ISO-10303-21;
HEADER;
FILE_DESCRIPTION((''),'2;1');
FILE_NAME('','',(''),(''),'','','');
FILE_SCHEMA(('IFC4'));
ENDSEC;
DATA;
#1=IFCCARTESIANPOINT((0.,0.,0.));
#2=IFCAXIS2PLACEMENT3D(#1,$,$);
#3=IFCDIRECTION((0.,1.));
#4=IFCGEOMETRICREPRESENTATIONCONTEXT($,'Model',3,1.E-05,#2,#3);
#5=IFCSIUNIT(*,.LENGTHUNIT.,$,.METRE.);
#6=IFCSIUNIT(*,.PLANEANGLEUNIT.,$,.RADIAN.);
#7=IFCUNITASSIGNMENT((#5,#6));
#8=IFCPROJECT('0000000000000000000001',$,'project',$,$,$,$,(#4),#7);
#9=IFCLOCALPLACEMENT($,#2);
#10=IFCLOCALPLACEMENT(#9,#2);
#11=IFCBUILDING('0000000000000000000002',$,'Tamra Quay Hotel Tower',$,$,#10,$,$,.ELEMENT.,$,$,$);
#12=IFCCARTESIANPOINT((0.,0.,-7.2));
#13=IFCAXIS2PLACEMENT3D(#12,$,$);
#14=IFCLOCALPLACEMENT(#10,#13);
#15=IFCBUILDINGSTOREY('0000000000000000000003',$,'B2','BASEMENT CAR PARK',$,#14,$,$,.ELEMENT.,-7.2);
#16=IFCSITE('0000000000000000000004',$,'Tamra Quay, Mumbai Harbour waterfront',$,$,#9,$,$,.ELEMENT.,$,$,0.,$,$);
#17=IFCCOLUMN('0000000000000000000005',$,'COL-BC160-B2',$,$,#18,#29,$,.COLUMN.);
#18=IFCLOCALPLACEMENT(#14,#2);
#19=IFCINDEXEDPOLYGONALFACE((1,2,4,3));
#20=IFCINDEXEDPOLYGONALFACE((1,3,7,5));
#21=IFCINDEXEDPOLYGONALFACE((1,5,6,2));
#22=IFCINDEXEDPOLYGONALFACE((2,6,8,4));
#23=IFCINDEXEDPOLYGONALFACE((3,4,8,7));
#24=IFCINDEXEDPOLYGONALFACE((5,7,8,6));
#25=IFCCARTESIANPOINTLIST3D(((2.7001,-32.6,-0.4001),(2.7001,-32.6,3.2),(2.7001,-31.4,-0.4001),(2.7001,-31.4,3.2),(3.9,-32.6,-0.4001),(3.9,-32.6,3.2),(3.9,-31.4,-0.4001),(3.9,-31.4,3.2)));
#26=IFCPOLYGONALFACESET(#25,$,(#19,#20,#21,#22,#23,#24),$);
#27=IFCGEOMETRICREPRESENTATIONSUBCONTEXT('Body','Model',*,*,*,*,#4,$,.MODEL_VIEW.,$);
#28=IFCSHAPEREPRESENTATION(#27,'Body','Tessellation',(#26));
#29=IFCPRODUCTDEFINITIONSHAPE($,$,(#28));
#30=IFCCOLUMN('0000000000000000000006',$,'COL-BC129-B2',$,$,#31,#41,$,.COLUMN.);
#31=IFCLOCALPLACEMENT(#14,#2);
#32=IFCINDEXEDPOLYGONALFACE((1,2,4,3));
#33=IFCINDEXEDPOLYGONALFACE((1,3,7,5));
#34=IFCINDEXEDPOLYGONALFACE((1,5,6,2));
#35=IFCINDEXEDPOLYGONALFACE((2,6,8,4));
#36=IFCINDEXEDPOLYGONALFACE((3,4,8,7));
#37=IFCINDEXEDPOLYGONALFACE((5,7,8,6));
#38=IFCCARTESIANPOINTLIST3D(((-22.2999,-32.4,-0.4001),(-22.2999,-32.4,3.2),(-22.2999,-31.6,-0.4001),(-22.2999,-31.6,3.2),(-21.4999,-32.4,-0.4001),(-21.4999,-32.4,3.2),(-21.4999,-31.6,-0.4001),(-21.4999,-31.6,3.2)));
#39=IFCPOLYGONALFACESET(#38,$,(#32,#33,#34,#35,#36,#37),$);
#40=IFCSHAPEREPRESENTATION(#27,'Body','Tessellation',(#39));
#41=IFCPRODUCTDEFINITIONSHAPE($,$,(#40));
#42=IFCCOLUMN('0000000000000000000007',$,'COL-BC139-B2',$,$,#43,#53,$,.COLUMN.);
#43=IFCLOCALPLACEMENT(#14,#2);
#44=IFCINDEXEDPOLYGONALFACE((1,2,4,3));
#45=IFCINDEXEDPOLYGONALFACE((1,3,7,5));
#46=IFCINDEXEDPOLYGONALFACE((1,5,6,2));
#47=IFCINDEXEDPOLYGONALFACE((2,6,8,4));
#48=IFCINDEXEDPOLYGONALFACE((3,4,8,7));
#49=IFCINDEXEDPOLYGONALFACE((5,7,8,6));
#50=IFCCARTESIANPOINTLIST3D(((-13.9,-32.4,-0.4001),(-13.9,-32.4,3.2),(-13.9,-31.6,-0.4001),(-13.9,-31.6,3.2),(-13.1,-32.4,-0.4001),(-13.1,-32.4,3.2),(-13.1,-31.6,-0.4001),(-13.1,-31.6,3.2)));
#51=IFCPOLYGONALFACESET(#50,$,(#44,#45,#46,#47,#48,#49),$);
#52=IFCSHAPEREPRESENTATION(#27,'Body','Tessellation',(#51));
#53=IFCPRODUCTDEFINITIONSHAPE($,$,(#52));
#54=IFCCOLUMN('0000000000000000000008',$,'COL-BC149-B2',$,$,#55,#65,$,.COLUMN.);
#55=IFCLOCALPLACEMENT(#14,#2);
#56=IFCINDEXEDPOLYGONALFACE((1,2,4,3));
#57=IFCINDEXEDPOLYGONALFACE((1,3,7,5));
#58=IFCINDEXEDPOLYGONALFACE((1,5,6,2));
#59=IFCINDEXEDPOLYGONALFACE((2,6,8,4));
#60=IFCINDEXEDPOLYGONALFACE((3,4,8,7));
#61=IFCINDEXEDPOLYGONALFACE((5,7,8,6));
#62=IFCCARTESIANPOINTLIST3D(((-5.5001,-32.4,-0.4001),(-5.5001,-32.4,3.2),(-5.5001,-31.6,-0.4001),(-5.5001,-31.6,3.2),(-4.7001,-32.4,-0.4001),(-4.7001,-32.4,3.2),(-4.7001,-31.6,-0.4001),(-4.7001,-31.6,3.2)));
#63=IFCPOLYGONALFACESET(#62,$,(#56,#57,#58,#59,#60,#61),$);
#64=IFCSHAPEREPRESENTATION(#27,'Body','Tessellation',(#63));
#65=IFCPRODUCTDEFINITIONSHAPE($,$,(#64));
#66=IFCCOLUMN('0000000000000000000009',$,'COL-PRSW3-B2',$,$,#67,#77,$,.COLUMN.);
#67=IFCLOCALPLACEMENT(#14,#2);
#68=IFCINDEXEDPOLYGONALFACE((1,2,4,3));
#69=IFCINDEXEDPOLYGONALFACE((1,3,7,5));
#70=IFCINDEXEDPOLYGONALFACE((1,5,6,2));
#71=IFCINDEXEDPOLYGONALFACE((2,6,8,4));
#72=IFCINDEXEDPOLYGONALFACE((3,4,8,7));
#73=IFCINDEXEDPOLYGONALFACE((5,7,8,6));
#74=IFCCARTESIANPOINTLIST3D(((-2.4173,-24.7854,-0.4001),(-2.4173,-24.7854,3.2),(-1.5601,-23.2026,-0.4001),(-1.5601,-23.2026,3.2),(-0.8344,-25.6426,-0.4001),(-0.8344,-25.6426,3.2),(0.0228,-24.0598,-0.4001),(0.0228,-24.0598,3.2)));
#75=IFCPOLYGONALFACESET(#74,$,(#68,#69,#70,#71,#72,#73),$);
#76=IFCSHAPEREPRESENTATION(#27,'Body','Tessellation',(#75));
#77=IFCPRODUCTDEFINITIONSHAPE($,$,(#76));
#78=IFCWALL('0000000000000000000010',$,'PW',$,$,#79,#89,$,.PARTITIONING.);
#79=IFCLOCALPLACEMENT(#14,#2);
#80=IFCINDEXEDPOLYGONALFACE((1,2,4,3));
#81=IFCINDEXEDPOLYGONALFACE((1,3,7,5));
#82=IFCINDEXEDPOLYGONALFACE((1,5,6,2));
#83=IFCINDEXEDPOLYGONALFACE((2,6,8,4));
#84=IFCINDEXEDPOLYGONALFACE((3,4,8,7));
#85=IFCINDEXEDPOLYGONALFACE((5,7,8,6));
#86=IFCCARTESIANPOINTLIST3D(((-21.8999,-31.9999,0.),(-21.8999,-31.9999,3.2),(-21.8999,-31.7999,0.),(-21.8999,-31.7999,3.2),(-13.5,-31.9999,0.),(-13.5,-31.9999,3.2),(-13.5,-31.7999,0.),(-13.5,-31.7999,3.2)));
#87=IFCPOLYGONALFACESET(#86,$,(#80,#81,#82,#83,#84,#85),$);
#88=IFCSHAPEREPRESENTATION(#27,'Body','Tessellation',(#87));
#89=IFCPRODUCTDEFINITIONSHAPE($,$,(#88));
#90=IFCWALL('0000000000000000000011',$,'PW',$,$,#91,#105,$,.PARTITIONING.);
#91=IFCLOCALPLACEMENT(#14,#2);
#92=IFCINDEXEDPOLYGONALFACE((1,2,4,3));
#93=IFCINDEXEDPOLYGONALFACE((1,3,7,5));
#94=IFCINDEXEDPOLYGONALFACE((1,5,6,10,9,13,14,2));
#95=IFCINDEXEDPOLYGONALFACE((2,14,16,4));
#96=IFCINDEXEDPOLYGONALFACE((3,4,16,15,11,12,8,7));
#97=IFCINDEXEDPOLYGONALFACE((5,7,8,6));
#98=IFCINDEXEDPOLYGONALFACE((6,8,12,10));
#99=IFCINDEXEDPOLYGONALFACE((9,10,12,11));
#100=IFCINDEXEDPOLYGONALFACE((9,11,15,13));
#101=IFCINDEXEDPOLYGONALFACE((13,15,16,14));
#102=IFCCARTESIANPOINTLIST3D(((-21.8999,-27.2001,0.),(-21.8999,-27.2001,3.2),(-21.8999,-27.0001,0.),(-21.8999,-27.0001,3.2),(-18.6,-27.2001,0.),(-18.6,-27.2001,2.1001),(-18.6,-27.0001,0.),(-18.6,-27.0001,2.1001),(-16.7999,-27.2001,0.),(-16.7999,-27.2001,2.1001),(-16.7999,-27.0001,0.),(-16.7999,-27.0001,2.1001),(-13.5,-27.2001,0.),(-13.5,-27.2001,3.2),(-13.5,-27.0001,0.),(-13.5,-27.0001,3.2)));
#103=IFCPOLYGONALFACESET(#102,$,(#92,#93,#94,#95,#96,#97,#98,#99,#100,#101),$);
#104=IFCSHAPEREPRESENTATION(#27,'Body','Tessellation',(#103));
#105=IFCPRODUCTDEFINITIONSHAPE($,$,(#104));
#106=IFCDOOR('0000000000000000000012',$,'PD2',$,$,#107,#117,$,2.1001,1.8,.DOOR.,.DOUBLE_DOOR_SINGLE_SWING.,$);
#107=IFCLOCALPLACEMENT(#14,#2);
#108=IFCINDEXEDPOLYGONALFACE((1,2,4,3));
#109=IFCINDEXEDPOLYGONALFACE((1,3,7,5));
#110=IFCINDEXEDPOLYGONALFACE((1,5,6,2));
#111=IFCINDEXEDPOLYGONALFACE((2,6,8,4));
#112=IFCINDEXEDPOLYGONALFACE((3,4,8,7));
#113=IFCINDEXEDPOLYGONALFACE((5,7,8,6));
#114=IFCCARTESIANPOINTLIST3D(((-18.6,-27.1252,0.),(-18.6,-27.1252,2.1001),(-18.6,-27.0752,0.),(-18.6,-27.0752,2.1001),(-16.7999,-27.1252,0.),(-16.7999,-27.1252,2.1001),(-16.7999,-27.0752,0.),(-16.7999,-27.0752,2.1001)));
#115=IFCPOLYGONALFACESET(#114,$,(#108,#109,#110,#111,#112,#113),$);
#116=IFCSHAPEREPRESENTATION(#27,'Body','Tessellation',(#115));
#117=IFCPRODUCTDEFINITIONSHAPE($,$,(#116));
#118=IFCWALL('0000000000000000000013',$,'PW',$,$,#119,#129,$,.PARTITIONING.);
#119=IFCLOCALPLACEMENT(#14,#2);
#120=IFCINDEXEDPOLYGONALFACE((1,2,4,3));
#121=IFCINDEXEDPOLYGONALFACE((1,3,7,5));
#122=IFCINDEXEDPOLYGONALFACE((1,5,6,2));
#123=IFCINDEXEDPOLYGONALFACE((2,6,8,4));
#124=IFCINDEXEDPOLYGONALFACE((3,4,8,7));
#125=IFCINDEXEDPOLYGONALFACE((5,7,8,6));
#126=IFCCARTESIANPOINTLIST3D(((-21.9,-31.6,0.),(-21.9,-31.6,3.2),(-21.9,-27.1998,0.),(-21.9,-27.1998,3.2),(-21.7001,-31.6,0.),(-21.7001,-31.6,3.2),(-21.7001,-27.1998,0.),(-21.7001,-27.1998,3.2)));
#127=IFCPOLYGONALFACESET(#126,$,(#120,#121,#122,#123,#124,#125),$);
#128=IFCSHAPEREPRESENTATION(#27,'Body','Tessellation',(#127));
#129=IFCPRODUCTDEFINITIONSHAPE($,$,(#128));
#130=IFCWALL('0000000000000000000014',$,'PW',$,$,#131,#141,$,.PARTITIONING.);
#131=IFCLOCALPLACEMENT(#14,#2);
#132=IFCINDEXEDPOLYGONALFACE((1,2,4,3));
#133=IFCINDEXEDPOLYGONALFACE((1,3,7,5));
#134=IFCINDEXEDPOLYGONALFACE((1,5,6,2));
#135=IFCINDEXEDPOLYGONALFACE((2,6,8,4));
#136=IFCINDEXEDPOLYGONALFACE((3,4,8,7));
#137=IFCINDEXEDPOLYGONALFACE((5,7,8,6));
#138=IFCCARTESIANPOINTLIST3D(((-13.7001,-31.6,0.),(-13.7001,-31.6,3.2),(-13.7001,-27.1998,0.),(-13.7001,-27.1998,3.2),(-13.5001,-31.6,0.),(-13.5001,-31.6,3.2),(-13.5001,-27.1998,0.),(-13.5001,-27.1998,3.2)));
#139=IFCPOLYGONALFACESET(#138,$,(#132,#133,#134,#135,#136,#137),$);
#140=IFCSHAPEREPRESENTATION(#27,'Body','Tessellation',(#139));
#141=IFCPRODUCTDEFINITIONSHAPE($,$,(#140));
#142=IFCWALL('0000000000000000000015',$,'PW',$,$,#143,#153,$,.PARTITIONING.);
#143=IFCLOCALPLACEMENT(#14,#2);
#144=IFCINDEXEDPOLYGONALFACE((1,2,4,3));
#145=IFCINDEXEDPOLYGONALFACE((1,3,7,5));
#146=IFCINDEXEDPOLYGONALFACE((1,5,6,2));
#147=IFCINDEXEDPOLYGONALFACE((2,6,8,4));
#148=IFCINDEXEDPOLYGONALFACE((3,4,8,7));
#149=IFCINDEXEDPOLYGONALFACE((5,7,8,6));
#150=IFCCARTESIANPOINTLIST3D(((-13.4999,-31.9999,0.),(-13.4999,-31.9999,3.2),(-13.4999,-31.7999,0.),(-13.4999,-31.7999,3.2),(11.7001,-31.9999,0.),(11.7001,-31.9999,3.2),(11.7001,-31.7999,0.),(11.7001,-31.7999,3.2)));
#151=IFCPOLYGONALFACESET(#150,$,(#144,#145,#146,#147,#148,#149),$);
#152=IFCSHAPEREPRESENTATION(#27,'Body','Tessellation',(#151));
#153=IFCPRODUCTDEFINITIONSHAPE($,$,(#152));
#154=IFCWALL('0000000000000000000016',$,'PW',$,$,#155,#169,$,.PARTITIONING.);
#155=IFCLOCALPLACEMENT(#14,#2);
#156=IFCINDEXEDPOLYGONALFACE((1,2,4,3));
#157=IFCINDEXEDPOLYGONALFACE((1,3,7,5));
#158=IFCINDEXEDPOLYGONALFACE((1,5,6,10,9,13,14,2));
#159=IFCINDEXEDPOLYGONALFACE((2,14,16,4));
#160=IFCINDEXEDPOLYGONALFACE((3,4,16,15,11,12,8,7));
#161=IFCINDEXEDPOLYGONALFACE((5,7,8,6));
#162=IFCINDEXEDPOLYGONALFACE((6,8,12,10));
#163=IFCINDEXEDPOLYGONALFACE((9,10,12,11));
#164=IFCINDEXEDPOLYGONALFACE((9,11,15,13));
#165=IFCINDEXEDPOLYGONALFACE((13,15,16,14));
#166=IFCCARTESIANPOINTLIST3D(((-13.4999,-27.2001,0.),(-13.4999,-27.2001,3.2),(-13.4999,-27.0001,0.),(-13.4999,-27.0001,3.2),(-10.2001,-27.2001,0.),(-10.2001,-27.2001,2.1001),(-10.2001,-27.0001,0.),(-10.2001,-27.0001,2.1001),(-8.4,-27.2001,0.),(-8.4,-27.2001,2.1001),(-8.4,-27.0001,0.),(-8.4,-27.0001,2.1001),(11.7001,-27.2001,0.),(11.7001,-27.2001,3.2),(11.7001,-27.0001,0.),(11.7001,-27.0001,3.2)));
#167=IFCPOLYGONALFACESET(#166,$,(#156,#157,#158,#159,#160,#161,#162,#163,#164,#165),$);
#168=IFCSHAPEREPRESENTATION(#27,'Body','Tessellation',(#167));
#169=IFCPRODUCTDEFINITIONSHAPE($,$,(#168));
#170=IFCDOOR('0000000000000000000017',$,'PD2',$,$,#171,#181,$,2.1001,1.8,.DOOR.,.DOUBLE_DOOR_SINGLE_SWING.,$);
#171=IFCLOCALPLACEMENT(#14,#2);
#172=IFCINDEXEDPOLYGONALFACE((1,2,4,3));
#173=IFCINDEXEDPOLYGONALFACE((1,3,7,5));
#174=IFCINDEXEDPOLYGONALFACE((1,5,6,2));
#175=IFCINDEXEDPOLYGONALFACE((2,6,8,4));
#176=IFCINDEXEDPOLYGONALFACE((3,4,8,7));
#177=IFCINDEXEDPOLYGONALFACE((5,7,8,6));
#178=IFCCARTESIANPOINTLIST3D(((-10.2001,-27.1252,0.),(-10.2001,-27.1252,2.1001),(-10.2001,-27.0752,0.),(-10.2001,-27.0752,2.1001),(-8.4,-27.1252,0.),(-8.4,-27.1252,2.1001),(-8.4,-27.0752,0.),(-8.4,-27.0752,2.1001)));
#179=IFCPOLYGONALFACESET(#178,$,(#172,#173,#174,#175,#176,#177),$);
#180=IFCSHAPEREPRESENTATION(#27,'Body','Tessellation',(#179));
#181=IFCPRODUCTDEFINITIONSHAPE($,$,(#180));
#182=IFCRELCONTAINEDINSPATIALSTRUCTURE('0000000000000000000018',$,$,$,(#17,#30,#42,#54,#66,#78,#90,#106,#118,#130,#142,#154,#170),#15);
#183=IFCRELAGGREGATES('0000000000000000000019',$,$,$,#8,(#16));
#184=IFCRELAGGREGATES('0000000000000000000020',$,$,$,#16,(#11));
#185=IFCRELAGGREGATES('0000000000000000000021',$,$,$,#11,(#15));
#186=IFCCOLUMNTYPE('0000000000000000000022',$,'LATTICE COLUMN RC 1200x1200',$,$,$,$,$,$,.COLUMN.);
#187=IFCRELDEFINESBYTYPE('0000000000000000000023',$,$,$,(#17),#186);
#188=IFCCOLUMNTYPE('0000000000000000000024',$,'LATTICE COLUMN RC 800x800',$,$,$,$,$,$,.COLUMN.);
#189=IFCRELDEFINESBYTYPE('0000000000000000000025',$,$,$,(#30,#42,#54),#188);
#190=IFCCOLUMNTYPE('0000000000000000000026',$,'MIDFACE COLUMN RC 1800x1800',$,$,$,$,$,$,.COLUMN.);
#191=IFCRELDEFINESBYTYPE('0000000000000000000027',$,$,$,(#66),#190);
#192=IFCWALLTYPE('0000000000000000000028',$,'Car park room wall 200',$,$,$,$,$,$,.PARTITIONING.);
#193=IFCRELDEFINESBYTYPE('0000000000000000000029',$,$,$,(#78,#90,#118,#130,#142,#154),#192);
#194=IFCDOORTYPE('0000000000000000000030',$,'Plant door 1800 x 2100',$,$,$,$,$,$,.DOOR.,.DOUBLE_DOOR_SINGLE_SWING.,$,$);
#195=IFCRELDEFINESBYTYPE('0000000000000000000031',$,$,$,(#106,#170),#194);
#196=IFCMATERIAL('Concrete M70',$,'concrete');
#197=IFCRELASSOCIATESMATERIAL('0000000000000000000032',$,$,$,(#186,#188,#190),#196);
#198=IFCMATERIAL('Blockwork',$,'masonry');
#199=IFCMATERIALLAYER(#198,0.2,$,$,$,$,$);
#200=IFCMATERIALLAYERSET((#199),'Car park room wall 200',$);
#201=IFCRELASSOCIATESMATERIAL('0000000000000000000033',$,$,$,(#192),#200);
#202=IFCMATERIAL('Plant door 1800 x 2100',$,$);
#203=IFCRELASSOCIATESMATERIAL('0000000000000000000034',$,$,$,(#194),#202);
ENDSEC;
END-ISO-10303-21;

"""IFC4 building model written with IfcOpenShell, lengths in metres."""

from ifc_helpers import new_model, si_unit, direction, frame, frame_2d, origin, origin_2d, place, context, subcontext, project, spatial, rectangle, extrude, material, layer, layer_set, material_profile, profile_set, type_object, element, fill, save


model = new_model("IFC4")

# Units and contexts
model_context = context("Model", 3, precision=1e-05, world=origin(), true_north=direction((0.0, 1.0)))
body_context = subcontext(model_context, "Body", "Model", "MODEL_VIEW")
ifc_project = project(units=[si_unit("LENGTHUNIT", "METRE"), si_unit("PLANEANGLEUNIT", "RADIAN")], contexts=[model_context])

# Site, building, storey
site_placement = place(None, origin())
site = spatial("IfcSite", under=ifc_project, at=site_placement, Name="Tamra Quay, Mumbai Harbour waterfront", CompositionType="ELEMENT", RefElevation=0.0)
building_placement = place(site_placement, origin())
building = spatial("IfcBuilding", under=site, at=building_placement, Name="Tamra Quay Hotel Tower", CompositionType="ELEMENT")
storey_placement = place(building_placement, frame((0.0, 0.0, -7.2)))
storey = spatial("IfcBuildingStorey", under=building, at=storey_placement, Name="B2", Description="BASEMENT CAR PARK", CompositionType="ELEMENT", Elevation=-7.2)

# Columns
ifc_material_1 = material(Name="Concrete M70", Category="concrete")
ifc_material_profile_1 = material_profile(ifc_material_1, rectangle(XDim=1.2, YDim=1.2, at=origin_2d()), Name="LATTICE COLUMN RC 1200x1200")
ifc_profile_set_1 = profile_set([ifc_material_profile_1], Name="Concrete M70")
column_type_1 = type_object("IfcColumnType", Name="LATTICE COLUMN RC 1200x1200", PredefinedType="COLUMN", material=ifc_profile_set_1)
column_1_placement = place(storey_placement, frame((3.3, -32.0, -0.4001), z_axis=(0.0, 0.0, 1.0), x_axis=(1.0, 0.0, 0.0)))
element("IfcColumn", 1, at=column_1_placement, inside=storey, type_object=column_type_1, Name="COL-BC160-B2", PredefinedType="COLUMN", context=body_context, shape_type="SweptSolid", body=[
    extrude(rectangle(XDim=1.2, YDim=1.2, at=origin_2d()), origin(), (0.0, 0.0, 1.0), 3.6001),
])
ifc_material_profile_2 = material_profile(ifc_material_1, rectangle(XDim=0.8, YDim=0.8, at=origin_2d()), Name="LATTICE COLUMN RC 800x800")
ifc_profile_set_2 = profile_set([ifc_material_profile_2], Name="Concrete M70")
column_type_2 = type_object("IfcColumnType", Name="LATTICE COLUMN RC 800x800", PredefinedType="COLUMN", material=ifc_profile_set_2)
for number, where, z_axis, x_axis, name in (
    (2, (-21.8999, -32.0, -0.4001), (0.0, 0.0, 1.0), (1.0, 0.0, 0.0), "COL-BC129-B2"),
    (3, (-13.5, -32.0, -0.4001), (0.0, 0.0, 1.0), (1.0, 0.0, 0.0), "COL-BC139-B2"),
    (4, (-5.1001, -32.0, -0.4001), (0.0, 0.0, 1.0), (1.0, 0.0, 0.0), "COL-BC149-B2"),
):
    element("IfcColumn", number, at=place(storey_placement, frame(where, z_axis=z_axis, x_axis=x_axis)), inside=storey, type_object=column_type_2, Name=name, PredefinedType="COLUMN", context=body_context, shape_type="SweptSolid", body=[
        extrude(rectangle(XDim=0.8, YDim=0.8, at=origin_2d()), origin(), (0.0, 0.0, 1.0), 3.6001),
    ])
ifc_material_profile_3 = material_profile(ifc_material_1, rectangle(XDim=1.8, YDim=1.8, at=origin_2d()), Name="MIDFACE COLUMN RC 1800x1800")
ifc_profile_set_3 = profile_set([ifc_material_profile_3], Name="Concrete M70")
column_type_3 = type_object("IfcColumnType", Name="MIDFACE COLUMN RC 1800x1800", PredefinedType="COLUMN", material=ifc_profile_set_3)
column_2_placement = place(storey_placement, frame((-1.1973, -24.4226, -0.4001), z_axis=(0.0, 0.0, 1.0), x_axis=(0.476198, 0.879338, 0.0)))
element("IfcColumn", 5, at=column_2_placement, inside=storey, type_object=column_type_3, Name="COL-PRSW3-B2", PredefinedType="COLUMN", context=body_context, shape_type="SweptSolid", body=[
    extrude(rectangle(XDim=1.8, YDim=1.8, at=origin_2d()), origin(), (0.0, 0.0, 1.0), 3.6001),
])

# Wall
ifc_material_2 = material(Name="Blockwork", Category="masonry")
ifc_layer_1 = layer(ifc_material_2, 0.2)
ifc_layer_set_1 = layer_set([ifc_layer_1], Name="Car park room wall 200")
wall_type_1 = type_object("IfcWallType", Name="Car park room wall 200", PredefinedType="PARTITIONING", material=ifc_layer_set_1)
wall_1_placement = place(storey_placement, frame((-21.8999, -31.8999, 0.0), z_axis=(0.0, 0.0, 1.0), x_axis=(1.0, 0.0, 0.0)))
element("IfcWall", 6, at=wall_1_placement, inside=storey, type_object=wall_type_1, Name="PW", PredefinedType="PARTITIONING", context=body_context, shape_type="SweptSolid", body=[
    extrude(rectangle(XDim=8.3999, YDim=0.2, at=frame_2d((4.2, 0.0))), origin(), (0.0, 0.0, 1.0), 3.2),
])

# Wall, opening, door
wall_2_placement = place(storey_placement, frame((-21.8999, -27.1001, 0.0), z_axis=(0.0, 0.0, 1.0), x_axis=(1.0, 0.0, 0.0)))
wall_2 = element("IfcWall", 7, at=wall_2_placement, inside=storey, type_object=wall_type_1, Name="PW", PredefinedType="PARTITIONING", context=body_context, shape_type="SweptSolid", body=[
    extrude(rectangle(XDim=8.3999, YDim=0.2, at=frame_2d((4.2, 0.0))), origin(), (0.0, 0.0, 1.0), 3.2),
])
opening_1_placement = place(wall_2_placement, frame((3.3, 0.0, 0.0)))
opening_1 = element("IfcOpeningElement", 8, at=opening_1_placement, cuts=wall_2, PredefinedType="OPENING", context=body_context, shape_type="SweptSolid", body=[
    extrude(rectangle(XDim=1.8, YDim=2.1001, at=frame_2d((0.8999, 1.05))), frame((0.0, 0.1099, 0.0), z_axis=(0.0, -1.0, 0.0), x_axis=(1.0, 0.0, 0.0)), (0.0, 0.0, 1.0), 0.22),
])
ifc_material_3 = material(Name="Plant door 1800 x 2100")
door_type_1 = type_object("IfcDoorType", Name="Plant door 1800 x 2100", OperationType="DOUBLE_DOOR_SINGLE_SWING", PredefinedType="DOOR", material=ifc_material_3)
door_1_placement = place(opening_1_placement, origin())
door_1 = element("IfcDoor", 9, at=door_1_placement, inside=storey, type_object=door_type_1, Name="PD2", OperationType="DOUBLE_DOOR_SINGLE_SWING", OverallHeight=2.1001, OverallWidth=1.8, PredefinedType="DOOR", context=body_context, shape_type="SweptSolid", body=[
    extrude(rectangle(XDim=1.8, YDim=2.1001, at=frame_2d((0.8999, 1.05))), frame((0.0, 0.0249, 0.0), z_axis=(0.0, -1.0, 0.0), x_axis=(1.0, 0.0, 0.0)), (0.0, 0.0, 1.0), 0.05),
])
fill(opening_1, door_1)

# Walls
for number, where, z_axis, x_axis, name in (
    (10, (-21.8, -31.6001, 0.0), (0.0, 0.0, 1.0), (0.0, 1.0, 0.0), "PW"),
    (11, (-13.6001, -31.6001, 0.0), (0.0, 0.0, 1.0), (0.0, 1.0, 0.0), "PW"),
):
    element("IfcWall", number, at=place(storey_placement, frame(where, z_axis=z_axis, x_axis=x_axis)), inside=storey, type_object=wall_type_1, Name=name, PredefinedType="PARTITIONING", context=body_context, shape_type="SweptSolid", body=[
        extrude(rectangle(XDim=4.4001, YDim=0.2, at=frame_2d((2.2002, 0.0))), origin(), (0.0, 0.0, 1.0), 3.2),
    ])
wall_3_placement = place(storey_placement, frame((-13.5, -31.8999, 0.0), z_axis=(0.0, 0.0, 1.0), x_axis=(1.0, 0.0, 0.0)))
element("IfcWall", 12, at=wall_3_placement, inside=storey, type_object=wall_type_1, Name="PW", PredefinedType="PARTITIONING", context=body_context, shape_type="SweptSolid", body=[
    extrude(rectangle(XDim=25.2, YDim=0.2, at=frame_2d((12.6001, 0.0))), origin(), (0.0, 0.0, 1.0), 3.2),
])

# Wall, opening, door
wall_4_placement = place(storey_placement, frame((-13.5, -27.1001, 0.0), z_axis=(0.0, 0.0, 1.0), x_axis=(1.0, 0.0, 0.0)))
wall_4 = element("IfcWall", 13, at=wall_4_placement, inside=storey, type_object=wall_type_1, Name="PW", PredefinedType="PARTITIONING", context=body_context, shape_type="SweptSolid", body=[
    extrude(rectangle(XDim=25.2, YDim=0.2, at=frame_2d((12.6001, 0.0))), origin(), (0.0, 0.0, 1.0), 3.2),
])
opening_2_placement = place(wall_4_placement, frame((3.3, 0.0, 0.0)))
opening_2 = element("IfcOpeningElement", 14, at=opening_2_placement, cuts=wall_4, PredefinedType="OPENING", context=body_context, shape_type="SweptSolid", body=[
    extrude(rectangle(XDim=1.8, YDim=2.1001, at=frame_2d((0.8999, 1.05))), frame((0.0, 0.1099, 0.0), z_axis=(0.0, -1.0, 0.0), x_axis=(1.0, 0.0, 0.0)), (0.0, 0.0, 1.0), 0.22),
])
door_2_placement = place(opening_2_placement, origin())
door_2 = element("IfcDoor", 15, at=door_2_placement, inside=storey, type_object=door_type_1, Name="PD2", OperationType="DOUBLE_DOOR_SINGLE_SWING", OverallHeight=2.1001, OverallWidth=1.8, PredefinedType="DOOR", context=body_context, shape_type="SweptSolid", body=[
    extrude(rectangle(XDim=1.8, YDim=2.1001, at=frame_2d((0.8999, 1.05))), frame((0.0, 0.0249, 0.0), z_axis=(0.0, -1.0, 0.0), x_axis=(1.0, 0.0, 0.0)), (0.0, 0.0, 1.0), 0.05),
])
fill(opening_2, door_2)

save(model, "model.ifc")
